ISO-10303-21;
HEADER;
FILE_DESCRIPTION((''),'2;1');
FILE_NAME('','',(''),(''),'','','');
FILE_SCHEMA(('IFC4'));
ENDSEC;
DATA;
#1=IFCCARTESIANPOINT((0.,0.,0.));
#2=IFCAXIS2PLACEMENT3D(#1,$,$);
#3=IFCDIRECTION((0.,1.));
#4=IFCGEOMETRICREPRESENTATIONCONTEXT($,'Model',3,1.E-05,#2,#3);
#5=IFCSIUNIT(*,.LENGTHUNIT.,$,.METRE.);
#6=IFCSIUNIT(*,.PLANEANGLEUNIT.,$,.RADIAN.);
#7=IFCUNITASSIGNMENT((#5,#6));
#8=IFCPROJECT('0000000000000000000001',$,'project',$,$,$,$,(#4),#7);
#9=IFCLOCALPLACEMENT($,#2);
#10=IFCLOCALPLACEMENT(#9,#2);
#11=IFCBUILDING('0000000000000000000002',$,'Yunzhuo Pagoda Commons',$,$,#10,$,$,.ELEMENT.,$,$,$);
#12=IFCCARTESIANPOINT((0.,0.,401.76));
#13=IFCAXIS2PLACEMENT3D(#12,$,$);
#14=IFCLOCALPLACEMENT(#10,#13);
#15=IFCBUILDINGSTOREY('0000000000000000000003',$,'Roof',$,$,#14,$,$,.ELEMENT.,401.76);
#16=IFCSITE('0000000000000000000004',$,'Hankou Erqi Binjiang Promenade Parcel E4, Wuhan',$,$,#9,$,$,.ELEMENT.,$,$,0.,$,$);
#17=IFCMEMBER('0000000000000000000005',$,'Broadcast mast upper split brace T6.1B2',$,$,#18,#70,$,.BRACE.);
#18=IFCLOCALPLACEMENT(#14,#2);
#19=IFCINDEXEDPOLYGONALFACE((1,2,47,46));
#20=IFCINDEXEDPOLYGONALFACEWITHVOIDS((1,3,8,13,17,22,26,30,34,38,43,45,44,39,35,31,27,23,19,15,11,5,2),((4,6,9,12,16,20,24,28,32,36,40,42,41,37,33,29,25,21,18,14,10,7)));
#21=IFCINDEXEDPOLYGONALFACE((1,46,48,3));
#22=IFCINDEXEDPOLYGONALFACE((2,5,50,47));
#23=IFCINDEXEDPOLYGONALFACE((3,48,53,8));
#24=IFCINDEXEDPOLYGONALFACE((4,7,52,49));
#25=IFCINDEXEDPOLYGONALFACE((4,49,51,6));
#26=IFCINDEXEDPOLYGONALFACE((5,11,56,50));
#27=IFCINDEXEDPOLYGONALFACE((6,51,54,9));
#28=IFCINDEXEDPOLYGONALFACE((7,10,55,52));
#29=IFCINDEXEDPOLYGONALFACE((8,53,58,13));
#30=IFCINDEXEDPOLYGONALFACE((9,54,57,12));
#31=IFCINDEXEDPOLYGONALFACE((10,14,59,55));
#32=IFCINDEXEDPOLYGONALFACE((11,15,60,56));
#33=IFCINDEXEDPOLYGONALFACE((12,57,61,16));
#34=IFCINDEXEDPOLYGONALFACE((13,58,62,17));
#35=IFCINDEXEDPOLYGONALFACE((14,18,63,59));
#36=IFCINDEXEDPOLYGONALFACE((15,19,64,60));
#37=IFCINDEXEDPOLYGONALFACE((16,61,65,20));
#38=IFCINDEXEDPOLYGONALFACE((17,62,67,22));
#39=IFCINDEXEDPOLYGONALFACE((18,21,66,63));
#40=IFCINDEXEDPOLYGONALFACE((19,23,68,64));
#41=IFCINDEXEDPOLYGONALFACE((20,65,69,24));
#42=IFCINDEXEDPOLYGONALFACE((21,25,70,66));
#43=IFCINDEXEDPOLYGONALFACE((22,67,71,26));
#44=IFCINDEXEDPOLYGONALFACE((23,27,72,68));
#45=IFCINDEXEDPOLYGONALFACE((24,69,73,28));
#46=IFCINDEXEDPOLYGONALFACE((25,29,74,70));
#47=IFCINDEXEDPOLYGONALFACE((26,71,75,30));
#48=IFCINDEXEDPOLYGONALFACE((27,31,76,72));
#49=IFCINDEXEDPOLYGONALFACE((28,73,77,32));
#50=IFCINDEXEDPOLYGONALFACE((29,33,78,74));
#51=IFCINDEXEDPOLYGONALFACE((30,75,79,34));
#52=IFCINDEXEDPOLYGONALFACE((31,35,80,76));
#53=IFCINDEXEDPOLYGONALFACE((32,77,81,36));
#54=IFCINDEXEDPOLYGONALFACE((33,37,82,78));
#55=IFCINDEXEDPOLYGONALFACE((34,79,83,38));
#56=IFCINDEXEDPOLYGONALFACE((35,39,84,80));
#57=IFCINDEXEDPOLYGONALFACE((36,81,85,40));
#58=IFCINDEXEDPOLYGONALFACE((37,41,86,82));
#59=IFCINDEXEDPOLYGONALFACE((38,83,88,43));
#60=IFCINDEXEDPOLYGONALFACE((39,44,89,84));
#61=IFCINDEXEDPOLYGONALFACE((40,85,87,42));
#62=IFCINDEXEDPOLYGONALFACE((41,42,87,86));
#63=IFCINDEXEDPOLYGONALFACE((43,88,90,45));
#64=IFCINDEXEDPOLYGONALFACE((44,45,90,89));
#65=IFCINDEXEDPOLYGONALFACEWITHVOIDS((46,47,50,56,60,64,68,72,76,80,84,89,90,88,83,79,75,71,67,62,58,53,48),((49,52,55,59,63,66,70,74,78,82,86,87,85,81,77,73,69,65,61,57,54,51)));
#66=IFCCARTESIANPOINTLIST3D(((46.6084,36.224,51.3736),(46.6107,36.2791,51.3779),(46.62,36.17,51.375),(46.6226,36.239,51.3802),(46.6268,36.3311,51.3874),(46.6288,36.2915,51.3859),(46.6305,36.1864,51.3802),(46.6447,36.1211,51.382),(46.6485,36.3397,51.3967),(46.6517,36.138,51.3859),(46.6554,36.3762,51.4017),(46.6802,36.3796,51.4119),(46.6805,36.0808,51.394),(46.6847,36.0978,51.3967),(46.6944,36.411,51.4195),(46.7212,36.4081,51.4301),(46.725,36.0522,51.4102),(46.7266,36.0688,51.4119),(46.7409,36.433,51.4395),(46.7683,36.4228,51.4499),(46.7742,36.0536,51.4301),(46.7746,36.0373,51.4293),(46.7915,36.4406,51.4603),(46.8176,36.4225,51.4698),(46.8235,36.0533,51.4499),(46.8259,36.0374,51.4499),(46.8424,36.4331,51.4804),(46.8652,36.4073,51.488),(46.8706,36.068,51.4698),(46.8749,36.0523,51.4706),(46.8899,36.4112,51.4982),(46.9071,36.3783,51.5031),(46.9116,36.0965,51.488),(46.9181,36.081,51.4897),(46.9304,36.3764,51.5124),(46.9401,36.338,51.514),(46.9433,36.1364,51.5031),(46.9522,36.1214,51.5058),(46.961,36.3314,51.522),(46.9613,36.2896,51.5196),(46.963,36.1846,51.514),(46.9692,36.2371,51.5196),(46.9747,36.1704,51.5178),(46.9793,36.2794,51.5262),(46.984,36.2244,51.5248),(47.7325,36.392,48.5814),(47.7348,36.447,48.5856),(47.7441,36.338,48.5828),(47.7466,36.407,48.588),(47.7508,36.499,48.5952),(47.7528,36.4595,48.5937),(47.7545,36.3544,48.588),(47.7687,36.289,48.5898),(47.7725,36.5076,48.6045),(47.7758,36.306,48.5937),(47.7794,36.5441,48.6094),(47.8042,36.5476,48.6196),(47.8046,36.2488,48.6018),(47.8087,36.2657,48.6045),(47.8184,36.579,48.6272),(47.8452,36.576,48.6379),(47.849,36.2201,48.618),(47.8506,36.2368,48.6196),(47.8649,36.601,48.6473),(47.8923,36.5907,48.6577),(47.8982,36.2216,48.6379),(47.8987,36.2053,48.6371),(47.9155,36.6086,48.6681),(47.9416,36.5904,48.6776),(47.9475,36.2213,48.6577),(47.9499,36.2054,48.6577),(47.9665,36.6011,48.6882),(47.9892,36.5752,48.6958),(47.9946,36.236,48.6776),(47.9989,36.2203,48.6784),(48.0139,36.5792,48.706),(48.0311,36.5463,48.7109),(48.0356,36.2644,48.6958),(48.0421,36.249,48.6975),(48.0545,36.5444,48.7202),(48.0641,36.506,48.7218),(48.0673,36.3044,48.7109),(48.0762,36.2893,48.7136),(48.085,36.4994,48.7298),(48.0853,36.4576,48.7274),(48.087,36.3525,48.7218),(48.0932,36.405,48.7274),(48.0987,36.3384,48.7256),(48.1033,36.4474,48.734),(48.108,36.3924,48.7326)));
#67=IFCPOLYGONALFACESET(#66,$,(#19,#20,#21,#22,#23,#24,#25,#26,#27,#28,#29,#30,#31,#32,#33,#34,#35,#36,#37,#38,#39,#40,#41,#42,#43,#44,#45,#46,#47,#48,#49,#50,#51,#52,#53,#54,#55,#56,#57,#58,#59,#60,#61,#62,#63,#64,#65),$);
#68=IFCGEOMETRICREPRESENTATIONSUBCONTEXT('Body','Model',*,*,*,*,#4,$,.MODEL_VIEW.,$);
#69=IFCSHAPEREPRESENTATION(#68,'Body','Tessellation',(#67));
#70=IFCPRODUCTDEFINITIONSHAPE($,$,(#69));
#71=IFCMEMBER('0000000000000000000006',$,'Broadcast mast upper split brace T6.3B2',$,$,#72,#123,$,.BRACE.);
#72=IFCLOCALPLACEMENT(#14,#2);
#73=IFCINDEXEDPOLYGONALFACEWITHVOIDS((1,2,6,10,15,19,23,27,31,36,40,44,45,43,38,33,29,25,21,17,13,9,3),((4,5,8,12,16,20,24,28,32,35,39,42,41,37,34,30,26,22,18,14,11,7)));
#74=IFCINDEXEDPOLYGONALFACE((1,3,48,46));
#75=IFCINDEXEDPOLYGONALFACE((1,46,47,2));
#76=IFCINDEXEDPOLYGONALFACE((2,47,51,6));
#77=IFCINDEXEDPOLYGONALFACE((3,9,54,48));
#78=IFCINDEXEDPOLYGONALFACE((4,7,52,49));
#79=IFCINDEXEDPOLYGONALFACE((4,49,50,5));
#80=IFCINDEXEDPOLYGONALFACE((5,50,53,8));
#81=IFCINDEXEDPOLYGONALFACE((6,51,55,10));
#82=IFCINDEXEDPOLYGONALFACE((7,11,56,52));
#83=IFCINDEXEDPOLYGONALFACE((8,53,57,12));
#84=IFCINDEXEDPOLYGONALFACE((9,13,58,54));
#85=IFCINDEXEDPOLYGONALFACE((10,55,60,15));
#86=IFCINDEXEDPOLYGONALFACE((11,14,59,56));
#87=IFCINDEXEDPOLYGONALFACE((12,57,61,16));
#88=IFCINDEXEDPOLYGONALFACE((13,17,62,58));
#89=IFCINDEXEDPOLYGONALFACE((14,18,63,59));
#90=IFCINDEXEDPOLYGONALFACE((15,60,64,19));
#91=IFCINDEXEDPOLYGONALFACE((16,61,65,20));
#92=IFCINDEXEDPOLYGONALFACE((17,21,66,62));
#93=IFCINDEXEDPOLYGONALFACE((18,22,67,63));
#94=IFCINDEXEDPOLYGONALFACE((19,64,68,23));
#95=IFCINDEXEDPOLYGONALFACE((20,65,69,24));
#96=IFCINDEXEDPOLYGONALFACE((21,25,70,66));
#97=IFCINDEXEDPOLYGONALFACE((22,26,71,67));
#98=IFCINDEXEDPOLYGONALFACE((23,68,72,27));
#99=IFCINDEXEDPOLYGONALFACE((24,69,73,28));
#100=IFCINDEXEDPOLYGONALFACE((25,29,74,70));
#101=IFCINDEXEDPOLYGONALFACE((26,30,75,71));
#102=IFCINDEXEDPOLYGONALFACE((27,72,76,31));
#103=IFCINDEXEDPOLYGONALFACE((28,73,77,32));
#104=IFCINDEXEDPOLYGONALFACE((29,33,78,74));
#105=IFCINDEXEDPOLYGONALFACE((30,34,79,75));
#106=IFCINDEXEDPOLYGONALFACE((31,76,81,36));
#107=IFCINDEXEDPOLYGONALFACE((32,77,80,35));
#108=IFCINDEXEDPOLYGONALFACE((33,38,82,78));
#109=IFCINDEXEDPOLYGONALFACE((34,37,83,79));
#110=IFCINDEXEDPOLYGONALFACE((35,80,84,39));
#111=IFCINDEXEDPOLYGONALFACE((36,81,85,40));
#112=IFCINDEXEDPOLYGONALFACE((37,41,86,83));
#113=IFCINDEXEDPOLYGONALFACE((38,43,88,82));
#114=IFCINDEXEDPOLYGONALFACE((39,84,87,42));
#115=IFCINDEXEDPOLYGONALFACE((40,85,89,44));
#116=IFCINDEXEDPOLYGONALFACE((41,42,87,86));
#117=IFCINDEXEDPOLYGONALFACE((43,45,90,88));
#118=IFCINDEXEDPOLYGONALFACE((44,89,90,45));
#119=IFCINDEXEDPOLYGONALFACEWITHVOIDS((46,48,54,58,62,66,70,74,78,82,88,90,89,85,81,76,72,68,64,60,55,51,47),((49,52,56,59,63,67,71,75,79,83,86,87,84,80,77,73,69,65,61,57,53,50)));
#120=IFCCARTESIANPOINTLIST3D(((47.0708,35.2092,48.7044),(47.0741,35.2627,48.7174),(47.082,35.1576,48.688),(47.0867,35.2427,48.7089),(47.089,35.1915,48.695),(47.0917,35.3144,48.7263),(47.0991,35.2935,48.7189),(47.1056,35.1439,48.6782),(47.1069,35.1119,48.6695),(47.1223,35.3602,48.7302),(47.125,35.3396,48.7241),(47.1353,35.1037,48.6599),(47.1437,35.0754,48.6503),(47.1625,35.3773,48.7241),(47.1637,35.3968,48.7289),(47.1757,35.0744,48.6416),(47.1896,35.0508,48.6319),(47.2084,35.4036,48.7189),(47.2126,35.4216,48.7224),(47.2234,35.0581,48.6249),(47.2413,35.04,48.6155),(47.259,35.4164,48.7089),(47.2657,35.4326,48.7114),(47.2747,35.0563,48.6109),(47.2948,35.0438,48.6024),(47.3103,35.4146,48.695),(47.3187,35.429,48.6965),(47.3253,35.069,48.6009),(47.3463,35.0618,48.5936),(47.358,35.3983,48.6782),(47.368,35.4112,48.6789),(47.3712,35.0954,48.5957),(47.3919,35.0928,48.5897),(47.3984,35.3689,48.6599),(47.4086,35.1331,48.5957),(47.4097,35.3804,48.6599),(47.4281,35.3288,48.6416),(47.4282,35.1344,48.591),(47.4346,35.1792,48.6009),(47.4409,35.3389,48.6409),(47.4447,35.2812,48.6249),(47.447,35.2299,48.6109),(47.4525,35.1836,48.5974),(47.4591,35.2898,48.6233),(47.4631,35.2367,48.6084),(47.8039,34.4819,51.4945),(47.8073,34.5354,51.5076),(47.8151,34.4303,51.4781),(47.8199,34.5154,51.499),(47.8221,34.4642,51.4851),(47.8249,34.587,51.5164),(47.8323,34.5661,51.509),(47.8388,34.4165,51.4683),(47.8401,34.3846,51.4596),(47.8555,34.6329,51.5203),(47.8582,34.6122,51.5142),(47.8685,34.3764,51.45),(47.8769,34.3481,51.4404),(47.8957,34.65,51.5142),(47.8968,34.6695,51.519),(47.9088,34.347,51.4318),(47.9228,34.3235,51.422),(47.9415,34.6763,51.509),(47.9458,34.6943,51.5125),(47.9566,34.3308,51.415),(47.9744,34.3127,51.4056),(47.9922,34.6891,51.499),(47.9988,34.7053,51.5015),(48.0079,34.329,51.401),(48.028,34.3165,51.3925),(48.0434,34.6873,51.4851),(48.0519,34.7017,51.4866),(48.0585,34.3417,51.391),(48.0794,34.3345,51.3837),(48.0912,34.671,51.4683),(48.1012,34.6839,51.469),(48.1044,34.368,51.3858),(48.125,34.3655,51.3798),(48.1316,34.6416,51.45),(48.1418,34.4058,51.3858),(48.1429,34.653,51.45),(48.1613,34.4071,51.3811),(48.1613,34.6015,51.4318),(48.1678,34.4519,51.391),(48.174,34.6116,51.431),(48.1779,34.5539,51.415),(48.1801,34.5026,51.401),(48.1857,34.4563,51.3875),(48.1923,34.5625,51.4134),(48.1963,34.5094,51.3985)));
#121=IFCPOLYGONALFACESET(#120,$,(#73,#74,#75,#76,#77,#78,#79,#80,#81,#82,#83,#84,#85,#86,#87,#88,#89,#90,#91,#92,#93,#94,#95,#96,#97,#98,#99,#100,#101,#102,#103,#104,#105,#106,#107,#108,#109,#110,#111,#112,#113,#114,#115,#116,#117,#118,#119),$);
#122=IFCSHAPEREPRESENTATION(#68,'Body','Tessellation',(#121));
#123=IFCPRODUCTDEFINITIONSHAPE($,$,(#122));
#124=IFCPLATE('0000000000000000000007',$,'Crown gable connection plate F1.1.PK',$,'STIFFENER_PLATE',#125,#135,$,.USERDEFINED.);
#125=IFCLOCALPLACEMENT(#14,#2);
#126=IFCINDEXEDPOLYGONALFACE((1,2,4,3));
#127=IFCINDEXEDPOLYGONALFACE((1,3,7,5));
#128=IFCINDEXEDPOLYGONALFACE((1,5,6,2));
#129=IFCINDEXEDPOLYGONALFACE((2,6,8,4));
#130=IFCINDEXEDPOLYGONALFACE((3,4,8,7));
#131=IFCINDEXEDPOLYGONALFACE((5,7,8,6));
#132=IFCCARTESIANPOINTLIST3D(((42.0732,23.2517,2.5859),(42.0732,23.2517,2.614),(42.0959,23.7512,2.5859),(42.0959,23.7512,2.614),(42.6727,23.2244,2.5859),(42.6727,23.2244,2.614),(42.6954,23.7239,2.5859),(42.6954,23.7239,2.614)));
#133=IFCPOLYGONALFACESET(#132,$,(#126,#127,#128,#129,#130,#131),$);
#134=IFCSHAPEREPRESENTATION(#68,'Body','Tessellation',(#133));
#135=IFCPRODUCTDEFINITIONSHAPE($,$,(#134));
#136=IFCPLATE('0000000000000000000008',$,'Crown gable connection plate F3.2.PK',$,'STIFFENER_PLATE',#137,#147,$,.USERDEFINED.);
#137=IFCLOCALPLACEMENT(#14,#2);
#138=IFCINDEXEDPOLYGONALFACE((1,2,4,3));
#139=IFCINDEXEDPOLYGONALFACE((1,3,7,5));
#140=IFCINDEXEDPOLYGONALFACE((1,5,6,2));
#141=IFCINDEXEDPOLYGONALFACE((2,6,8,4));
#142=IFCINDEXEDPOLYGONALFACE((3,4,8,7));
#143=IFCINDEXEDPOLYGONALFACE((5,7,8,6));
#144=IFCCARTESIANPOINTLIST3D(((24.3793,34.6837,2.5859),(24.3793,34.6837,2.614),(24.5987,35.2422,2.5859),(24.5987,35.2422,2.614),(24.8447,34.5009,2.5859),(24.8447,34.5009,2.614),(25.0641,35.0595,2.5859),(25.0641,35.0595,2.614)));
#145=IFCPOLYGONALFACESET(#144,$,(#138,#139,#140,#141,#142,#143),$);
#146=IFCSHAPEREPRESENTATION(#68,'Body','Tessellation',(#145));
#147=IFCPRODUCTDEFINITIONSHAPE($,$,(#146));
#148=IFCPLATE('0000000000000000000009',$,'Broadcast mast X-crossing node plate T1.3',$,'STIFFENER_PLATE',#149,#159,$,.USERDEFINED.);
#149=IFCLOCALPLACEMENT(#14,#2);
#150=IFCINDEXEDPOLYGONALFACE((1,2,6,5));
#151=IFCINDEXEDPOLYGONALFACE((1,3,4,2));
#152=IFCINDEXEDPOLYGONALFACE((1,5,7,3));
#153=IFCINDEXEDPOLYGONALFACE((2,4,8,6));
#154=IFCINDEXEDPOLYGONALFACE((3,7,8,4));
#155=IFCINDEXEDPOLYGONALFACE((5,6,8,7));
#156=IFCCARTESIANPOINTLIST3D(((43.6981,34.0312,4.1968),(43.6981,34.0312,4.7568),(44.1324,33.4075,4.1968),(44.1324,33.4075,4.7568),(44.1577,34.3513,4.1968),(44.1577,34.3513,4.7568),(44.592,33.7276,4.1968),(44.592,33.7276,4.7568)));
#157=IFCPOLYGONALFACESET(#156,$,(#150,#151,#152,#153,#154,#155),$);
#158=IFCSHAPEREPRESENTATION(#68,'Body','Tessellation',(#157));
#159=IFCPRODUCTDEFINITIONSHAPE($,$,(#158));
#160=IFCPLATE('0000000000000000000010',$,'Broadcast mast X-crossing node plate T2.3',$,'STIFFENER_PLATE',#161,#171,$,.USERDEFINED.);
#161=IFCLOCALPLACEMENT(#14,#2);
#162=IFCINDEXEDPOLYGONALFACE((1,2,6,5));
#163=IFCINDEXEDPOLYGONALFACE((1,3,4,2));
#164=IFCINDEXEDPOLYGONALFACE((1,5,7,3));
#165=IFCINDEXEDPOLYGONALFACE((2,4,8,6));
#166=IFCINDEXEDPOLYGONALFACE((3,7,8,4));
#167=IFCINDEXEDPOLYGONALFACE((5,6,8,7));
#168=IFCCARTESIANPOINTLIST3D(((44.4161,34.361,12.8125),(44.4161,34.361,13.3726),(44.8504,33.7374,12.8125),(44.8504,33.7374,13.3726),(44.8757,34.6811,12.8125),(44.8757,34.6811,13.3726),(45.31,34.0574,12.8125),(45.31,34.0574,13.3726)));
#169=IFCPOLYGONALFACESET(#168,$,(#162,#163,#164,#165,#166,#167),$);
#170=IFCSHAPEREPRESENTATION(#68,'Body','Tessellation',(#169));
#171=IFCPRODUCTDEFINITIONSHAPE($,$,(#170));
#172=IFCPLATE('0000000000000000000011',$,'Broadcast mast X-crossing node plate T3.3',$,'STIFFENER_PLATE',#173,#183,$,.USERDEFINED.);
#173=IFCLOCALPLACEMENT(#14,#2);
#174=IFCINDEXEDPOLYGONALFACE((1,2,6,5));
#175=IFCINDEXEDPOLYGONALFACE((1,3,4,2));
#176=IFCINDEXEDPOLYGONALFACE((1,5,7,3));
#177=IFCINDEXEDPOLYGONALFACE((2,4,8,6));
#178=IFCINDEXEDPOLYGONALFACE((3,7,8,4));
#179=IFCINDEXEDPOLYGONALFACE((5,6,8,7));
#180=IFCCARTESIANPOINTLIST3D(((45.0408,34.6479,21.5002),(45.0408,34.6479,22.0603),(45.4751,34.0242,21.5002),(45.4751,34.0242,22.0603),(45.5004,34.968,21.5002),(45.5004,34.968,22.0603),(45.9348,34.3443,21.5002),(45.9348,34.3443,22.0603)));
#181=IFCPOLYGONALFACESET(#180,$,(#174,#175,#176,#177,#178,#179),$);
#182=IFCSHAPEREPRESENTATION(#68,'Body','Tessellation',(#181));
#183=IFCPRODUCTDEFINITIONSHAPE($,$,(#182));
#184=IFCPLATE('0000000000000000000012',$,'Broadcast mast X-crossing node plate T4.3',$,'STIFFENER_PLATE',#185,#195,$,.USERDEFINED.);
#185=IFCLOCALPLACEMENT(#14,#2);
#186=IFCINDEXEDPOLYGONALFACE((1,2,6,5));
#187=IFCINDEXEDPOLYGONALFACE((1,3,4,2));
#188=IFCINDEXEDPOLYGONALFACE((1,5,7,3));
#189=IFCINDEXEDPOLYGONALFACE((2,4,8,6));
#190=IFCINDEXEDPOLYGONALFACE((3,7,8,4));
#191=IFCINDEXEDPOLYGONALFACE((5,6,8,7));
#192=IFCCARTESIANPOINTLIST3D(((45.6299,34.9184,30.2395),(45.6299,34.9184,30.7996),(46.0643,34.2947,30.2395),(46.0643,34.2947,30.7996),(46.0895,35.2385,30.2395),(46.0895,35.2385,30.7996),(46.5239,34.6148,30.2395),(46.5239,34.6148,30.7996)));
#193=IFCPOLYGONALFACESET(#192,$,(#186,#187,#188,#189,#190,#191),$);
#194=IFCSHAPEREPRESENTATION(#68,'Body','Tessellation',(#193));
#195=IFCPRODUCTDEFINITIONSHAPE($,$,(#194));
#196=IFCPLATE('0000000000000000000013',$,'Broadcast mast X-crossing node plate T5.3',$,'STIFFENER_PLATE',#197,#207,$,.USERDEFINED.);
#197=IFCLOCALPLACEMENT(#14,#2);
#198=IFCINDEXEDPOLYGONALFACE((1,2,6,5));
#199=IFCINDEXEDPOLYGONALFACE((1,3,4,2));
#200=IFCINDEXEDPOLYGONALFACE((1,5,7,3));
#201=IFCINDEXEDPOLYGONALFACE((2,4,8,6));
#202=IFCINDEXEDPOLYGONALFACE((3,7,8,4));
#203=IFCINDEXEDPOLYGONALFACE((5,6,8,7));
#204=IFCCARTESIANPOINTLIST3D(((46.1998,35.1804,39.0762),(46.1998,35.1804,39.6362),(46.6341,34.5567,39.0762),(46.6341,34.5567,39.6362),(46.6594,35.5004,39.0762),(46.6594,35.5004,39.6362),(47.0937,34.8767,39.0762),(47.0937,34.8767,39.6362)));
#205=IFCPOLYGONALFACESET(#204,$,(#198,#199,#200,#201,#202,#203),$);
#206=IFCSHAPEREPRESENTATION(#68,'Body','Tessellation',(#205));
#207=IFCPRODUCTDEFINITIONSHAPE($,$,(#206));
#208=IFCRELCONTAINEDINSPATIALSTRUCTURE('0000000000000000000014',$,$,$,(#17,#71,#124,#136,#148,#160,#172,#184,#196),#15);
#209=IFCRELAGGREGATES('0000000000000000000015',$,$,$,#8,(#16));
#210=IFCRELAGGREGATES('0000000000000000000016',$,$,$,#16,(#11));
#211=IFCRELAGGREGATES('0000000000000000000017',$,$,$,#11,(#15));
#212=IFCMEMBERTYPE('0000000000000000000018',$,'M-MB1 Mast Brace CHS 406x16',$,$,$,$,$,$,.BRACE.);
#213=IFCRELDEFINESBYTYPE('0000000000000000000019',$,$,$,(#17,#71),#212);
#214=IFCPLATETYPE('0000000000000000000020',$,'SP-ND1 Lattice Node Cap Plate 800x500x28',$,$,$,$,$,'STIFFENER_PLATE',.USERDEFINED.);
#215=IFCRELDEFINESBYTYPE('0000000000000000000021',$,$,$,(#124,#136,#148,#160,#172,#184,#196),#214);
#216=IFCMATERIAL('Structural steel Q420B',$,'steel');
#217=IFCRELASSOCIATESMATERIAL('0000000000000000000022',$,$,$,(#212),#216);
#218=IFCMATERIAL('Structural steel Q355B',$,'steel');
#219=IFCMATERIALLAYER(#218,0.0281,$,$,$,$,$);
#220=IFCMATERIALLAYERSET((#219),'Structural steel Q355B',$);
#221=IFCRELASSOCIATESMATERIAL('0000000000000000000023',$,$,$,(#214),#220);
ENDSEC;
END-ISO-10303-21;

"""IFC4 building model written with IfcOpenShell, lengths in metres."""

from ifc_helpers import new_model, si_unit, direction, frame, origin, origin_2d, place, context, subcontext, project, spatial, rectangle, hollow_circle, extrude, source, transform, mapped, material, layer, layer_set, material_profile, profile_set, type_object, element, save


model = new_model("IFC4")

# Units and contexts
model_context = context("Model", 3, precision=1e-05, world=origin(), true_north=direction((0.0, 1.0)))
body_context = subcontext(model_context, "Body", "Model", "MODEL_VIEW")
ifc_project = project(units=[si_unit("LENGTHUNIT", "METRE"), si_unit("PLANEANGLEUNIT", "RADIAN")], contexts=[model_context])

# Site, building, storey
site_placement = place(None, origin())
site = spatial("IfcSite", under=ifc_project, at=site_placement, Name="Hankou Erqi Binjiang Promenade Parcel E4, Wuhan", CompositionType="ELEMENT", RefElevation=0.0)
building_placement = place(site_placement, origin())
building = spatial("IfcBuilding", under=site, at=building_placement, Name="Yunzhuo Pagoda Commons", CompositionType="ELEMENT")
storey_placement = place(building_placement, frame((0.0, 0.0, 401.76)))
storey = spatial("IfcBuildingStorey", under=building, at=storey_placement, Name="Roof", CompositionType="ELEMENT", Elevation=401.76)

# Members
ifc_material_1 = material(Name="Structural steel Q355B", Category="steel")
ifc_material_2 = material(Name="Structural steel Q420B", Category="steel")
ifc_material_profile_1 = material_profile(ifc_material_2, hollow_circle(Radius=0.2029, WallThickness=0.0161, at=origin_2d()), Name="Structural steel Q420B")
ifc_profile_set_1 = profile_set([ifc_material_profile_1], Name="Structural steel Q420B")
member_type_1 = type_object("IfcMemberType", Name="M-MB1 Mast Brace CHS 406x16", PredefinedType="BRACE", material=ifc_profile_set_1)
shared_shape_1 = source(origin(), body_context, "Body", "SweptSolid", [
    extrude(hollow_circle(Radius=0.2029, WallThickness=0.0161, at=origin_2d()), origin(), (0.0, 0.0, 1.0), 3.0146),
])
member_1_placement = place(storey_placement, frame((47.9199, 36.406, 48.6577), z_axis=(-0.372851, -0.055717, 0.926217), x_axis=(0.147794, -0.989018, 0.0)))
element("IfcMember", 1, at=member_1_placement, inside=storey, type_object=member_type_1, Name="Broadcast mast upper split brace T6.1B2", PredefinedType="BRACE", context=body_context, shape_type="MappedRepresentation", body=[
    mapped(shared_shape_1, transform((0.0, 0.0, 0.0), scale=1.0)),
])
shared_shape_2 = source(origin(), body_context, "Body", "SweptSolid", [
    extrude(hollow_circle(Radius=0.2029, WallThickness=0.0161, at=origin_2d()), origin(), (0.0, 0.0, 1.0), 2.9751),
])
member_2_placement = place(storey_placement, frame((47.2668, 35.2363, 48.6599), z_axis=(0.246436, -0.244467, 0.937819), x_axis=(0.704264, 0.709938, 0.0)))
element("IfcMember", 2, at=member_2_placement, inside=storey, type_object=member_type_1, Name="Broadcast mast upper split brace T6.3B2", PredefinedType="BRACE", context=body_context, shape_type="MappedRepresentation", body=[
    mapped(shared_shape_2, transform((0.0, 0.0, 0.0), scale=1.0)),
])

# Plates
ifc_layer = layer(ifc_material_1, 0.0281)
ifc_layer_set = layer_set([ifc_layer], Name="Structural steel Q355B")
plate_type = type_object("IfcPlateType", Name="SP-ND1 Lattice Node Cap Plate 800x500x28", ElementType="STIFFENER_PLATE", PredefinedType="USERDEFINED", material=ifc_layer_set)
shared_shape_3 = source(origin(), body_context, "Body", "SweptSolid", [
    extrude(rectangle(XDim=0.6001, YDim=0.5, at=origin_2d()), origin(), (0.0, 0.0, 1.0), 0.0281),
])
for number, where, z_axis, x_axis, name in (
    (3, (42.3843, 23.4878, 2.5859), (0.0, 0.0, 1.0), (0.998968, -0.045415, 0.0), "Crown gable connection plate F1.1.PK"),
    (4, (24.7217, 34.8716, 2.5859), (0.0, 0.0, 1.0), (-0.365527, -0.930801, 0.0), "Crown gable connection plate F3.2.PK"),
):
    element("IfcPlate", number, at=place(storey_placement, frame(where, z_axis=z_axis, x_axis=x_axis)), inside=storey, type_object=plate_type, Name=name, ObjectType="STIFFENER_PLATE", PredefinedType="USERDEFINED", context=body_context, shape_type="MappedRepresentation", body=[
        mapped(shared_shape_3, transform((0.0, 0.0, 0.0), scale=1.0)),
    ])
shared_shape_4 = source(origin(), body_context, "Body", "SweptSolid", [
    extrude(rectangle(XDim=0.76, YDim=0.5601, at=origin_2d()), origin(), (0.0, 0.0, 1.0), 0.5601),
])
for number, where, z_axis, x_axis, name in (
    (5, (44.145, 33.8794, 4.1968), (0.0, 0.0, 1.0), (-0.571459, 0.820631, 0.0), "Broadcast mast X-crossing node plate T1.3"),
    (6, (44.863, 34.2092, 12.8125), (0.0, 0.0, 1.0), (-0.571459, 0.820631, 0.0), "Broadcast mast X-crossing node plate T2.3"),
    (7, (45.4878, 34.4961, 21.5002), (0.0, 0.0, 1.0), (-0.571459, 0.820631, 0.0), "Broadcast mast X-crossing node plate T3.3"),
    (8, (46.0769, 34.7666, 30.2395), (0.0, 0.0, 1.0), (-0.571459, 0.820631, 0.0), "Broadcast mast X-crossing node plate T4.3"),
    (9, (46.6467, 35.0286, 39.0762), (0.0, 0.0, 1.0), (-0.571444, 0.820641, 0.0), "Broadcast mast X-crossing node plate T5.3"),
):
    element("IfcPlate", number, at=place(storey_placement, frame(where, z_axis=z_axis, x_axis=x_axis)), inside=storey, type_object=plate_type, Name=name, ObjectType="STIFFENER_PLATE", PredefinedType="USERDEFINED", context=body_context, shape_type="MappedRepresentation", body=[
        mapped(shared_shape_4, transform((0.0, 0.0, 0.0), scale=1.0)),
    ])

save(model, "model.ifc")
